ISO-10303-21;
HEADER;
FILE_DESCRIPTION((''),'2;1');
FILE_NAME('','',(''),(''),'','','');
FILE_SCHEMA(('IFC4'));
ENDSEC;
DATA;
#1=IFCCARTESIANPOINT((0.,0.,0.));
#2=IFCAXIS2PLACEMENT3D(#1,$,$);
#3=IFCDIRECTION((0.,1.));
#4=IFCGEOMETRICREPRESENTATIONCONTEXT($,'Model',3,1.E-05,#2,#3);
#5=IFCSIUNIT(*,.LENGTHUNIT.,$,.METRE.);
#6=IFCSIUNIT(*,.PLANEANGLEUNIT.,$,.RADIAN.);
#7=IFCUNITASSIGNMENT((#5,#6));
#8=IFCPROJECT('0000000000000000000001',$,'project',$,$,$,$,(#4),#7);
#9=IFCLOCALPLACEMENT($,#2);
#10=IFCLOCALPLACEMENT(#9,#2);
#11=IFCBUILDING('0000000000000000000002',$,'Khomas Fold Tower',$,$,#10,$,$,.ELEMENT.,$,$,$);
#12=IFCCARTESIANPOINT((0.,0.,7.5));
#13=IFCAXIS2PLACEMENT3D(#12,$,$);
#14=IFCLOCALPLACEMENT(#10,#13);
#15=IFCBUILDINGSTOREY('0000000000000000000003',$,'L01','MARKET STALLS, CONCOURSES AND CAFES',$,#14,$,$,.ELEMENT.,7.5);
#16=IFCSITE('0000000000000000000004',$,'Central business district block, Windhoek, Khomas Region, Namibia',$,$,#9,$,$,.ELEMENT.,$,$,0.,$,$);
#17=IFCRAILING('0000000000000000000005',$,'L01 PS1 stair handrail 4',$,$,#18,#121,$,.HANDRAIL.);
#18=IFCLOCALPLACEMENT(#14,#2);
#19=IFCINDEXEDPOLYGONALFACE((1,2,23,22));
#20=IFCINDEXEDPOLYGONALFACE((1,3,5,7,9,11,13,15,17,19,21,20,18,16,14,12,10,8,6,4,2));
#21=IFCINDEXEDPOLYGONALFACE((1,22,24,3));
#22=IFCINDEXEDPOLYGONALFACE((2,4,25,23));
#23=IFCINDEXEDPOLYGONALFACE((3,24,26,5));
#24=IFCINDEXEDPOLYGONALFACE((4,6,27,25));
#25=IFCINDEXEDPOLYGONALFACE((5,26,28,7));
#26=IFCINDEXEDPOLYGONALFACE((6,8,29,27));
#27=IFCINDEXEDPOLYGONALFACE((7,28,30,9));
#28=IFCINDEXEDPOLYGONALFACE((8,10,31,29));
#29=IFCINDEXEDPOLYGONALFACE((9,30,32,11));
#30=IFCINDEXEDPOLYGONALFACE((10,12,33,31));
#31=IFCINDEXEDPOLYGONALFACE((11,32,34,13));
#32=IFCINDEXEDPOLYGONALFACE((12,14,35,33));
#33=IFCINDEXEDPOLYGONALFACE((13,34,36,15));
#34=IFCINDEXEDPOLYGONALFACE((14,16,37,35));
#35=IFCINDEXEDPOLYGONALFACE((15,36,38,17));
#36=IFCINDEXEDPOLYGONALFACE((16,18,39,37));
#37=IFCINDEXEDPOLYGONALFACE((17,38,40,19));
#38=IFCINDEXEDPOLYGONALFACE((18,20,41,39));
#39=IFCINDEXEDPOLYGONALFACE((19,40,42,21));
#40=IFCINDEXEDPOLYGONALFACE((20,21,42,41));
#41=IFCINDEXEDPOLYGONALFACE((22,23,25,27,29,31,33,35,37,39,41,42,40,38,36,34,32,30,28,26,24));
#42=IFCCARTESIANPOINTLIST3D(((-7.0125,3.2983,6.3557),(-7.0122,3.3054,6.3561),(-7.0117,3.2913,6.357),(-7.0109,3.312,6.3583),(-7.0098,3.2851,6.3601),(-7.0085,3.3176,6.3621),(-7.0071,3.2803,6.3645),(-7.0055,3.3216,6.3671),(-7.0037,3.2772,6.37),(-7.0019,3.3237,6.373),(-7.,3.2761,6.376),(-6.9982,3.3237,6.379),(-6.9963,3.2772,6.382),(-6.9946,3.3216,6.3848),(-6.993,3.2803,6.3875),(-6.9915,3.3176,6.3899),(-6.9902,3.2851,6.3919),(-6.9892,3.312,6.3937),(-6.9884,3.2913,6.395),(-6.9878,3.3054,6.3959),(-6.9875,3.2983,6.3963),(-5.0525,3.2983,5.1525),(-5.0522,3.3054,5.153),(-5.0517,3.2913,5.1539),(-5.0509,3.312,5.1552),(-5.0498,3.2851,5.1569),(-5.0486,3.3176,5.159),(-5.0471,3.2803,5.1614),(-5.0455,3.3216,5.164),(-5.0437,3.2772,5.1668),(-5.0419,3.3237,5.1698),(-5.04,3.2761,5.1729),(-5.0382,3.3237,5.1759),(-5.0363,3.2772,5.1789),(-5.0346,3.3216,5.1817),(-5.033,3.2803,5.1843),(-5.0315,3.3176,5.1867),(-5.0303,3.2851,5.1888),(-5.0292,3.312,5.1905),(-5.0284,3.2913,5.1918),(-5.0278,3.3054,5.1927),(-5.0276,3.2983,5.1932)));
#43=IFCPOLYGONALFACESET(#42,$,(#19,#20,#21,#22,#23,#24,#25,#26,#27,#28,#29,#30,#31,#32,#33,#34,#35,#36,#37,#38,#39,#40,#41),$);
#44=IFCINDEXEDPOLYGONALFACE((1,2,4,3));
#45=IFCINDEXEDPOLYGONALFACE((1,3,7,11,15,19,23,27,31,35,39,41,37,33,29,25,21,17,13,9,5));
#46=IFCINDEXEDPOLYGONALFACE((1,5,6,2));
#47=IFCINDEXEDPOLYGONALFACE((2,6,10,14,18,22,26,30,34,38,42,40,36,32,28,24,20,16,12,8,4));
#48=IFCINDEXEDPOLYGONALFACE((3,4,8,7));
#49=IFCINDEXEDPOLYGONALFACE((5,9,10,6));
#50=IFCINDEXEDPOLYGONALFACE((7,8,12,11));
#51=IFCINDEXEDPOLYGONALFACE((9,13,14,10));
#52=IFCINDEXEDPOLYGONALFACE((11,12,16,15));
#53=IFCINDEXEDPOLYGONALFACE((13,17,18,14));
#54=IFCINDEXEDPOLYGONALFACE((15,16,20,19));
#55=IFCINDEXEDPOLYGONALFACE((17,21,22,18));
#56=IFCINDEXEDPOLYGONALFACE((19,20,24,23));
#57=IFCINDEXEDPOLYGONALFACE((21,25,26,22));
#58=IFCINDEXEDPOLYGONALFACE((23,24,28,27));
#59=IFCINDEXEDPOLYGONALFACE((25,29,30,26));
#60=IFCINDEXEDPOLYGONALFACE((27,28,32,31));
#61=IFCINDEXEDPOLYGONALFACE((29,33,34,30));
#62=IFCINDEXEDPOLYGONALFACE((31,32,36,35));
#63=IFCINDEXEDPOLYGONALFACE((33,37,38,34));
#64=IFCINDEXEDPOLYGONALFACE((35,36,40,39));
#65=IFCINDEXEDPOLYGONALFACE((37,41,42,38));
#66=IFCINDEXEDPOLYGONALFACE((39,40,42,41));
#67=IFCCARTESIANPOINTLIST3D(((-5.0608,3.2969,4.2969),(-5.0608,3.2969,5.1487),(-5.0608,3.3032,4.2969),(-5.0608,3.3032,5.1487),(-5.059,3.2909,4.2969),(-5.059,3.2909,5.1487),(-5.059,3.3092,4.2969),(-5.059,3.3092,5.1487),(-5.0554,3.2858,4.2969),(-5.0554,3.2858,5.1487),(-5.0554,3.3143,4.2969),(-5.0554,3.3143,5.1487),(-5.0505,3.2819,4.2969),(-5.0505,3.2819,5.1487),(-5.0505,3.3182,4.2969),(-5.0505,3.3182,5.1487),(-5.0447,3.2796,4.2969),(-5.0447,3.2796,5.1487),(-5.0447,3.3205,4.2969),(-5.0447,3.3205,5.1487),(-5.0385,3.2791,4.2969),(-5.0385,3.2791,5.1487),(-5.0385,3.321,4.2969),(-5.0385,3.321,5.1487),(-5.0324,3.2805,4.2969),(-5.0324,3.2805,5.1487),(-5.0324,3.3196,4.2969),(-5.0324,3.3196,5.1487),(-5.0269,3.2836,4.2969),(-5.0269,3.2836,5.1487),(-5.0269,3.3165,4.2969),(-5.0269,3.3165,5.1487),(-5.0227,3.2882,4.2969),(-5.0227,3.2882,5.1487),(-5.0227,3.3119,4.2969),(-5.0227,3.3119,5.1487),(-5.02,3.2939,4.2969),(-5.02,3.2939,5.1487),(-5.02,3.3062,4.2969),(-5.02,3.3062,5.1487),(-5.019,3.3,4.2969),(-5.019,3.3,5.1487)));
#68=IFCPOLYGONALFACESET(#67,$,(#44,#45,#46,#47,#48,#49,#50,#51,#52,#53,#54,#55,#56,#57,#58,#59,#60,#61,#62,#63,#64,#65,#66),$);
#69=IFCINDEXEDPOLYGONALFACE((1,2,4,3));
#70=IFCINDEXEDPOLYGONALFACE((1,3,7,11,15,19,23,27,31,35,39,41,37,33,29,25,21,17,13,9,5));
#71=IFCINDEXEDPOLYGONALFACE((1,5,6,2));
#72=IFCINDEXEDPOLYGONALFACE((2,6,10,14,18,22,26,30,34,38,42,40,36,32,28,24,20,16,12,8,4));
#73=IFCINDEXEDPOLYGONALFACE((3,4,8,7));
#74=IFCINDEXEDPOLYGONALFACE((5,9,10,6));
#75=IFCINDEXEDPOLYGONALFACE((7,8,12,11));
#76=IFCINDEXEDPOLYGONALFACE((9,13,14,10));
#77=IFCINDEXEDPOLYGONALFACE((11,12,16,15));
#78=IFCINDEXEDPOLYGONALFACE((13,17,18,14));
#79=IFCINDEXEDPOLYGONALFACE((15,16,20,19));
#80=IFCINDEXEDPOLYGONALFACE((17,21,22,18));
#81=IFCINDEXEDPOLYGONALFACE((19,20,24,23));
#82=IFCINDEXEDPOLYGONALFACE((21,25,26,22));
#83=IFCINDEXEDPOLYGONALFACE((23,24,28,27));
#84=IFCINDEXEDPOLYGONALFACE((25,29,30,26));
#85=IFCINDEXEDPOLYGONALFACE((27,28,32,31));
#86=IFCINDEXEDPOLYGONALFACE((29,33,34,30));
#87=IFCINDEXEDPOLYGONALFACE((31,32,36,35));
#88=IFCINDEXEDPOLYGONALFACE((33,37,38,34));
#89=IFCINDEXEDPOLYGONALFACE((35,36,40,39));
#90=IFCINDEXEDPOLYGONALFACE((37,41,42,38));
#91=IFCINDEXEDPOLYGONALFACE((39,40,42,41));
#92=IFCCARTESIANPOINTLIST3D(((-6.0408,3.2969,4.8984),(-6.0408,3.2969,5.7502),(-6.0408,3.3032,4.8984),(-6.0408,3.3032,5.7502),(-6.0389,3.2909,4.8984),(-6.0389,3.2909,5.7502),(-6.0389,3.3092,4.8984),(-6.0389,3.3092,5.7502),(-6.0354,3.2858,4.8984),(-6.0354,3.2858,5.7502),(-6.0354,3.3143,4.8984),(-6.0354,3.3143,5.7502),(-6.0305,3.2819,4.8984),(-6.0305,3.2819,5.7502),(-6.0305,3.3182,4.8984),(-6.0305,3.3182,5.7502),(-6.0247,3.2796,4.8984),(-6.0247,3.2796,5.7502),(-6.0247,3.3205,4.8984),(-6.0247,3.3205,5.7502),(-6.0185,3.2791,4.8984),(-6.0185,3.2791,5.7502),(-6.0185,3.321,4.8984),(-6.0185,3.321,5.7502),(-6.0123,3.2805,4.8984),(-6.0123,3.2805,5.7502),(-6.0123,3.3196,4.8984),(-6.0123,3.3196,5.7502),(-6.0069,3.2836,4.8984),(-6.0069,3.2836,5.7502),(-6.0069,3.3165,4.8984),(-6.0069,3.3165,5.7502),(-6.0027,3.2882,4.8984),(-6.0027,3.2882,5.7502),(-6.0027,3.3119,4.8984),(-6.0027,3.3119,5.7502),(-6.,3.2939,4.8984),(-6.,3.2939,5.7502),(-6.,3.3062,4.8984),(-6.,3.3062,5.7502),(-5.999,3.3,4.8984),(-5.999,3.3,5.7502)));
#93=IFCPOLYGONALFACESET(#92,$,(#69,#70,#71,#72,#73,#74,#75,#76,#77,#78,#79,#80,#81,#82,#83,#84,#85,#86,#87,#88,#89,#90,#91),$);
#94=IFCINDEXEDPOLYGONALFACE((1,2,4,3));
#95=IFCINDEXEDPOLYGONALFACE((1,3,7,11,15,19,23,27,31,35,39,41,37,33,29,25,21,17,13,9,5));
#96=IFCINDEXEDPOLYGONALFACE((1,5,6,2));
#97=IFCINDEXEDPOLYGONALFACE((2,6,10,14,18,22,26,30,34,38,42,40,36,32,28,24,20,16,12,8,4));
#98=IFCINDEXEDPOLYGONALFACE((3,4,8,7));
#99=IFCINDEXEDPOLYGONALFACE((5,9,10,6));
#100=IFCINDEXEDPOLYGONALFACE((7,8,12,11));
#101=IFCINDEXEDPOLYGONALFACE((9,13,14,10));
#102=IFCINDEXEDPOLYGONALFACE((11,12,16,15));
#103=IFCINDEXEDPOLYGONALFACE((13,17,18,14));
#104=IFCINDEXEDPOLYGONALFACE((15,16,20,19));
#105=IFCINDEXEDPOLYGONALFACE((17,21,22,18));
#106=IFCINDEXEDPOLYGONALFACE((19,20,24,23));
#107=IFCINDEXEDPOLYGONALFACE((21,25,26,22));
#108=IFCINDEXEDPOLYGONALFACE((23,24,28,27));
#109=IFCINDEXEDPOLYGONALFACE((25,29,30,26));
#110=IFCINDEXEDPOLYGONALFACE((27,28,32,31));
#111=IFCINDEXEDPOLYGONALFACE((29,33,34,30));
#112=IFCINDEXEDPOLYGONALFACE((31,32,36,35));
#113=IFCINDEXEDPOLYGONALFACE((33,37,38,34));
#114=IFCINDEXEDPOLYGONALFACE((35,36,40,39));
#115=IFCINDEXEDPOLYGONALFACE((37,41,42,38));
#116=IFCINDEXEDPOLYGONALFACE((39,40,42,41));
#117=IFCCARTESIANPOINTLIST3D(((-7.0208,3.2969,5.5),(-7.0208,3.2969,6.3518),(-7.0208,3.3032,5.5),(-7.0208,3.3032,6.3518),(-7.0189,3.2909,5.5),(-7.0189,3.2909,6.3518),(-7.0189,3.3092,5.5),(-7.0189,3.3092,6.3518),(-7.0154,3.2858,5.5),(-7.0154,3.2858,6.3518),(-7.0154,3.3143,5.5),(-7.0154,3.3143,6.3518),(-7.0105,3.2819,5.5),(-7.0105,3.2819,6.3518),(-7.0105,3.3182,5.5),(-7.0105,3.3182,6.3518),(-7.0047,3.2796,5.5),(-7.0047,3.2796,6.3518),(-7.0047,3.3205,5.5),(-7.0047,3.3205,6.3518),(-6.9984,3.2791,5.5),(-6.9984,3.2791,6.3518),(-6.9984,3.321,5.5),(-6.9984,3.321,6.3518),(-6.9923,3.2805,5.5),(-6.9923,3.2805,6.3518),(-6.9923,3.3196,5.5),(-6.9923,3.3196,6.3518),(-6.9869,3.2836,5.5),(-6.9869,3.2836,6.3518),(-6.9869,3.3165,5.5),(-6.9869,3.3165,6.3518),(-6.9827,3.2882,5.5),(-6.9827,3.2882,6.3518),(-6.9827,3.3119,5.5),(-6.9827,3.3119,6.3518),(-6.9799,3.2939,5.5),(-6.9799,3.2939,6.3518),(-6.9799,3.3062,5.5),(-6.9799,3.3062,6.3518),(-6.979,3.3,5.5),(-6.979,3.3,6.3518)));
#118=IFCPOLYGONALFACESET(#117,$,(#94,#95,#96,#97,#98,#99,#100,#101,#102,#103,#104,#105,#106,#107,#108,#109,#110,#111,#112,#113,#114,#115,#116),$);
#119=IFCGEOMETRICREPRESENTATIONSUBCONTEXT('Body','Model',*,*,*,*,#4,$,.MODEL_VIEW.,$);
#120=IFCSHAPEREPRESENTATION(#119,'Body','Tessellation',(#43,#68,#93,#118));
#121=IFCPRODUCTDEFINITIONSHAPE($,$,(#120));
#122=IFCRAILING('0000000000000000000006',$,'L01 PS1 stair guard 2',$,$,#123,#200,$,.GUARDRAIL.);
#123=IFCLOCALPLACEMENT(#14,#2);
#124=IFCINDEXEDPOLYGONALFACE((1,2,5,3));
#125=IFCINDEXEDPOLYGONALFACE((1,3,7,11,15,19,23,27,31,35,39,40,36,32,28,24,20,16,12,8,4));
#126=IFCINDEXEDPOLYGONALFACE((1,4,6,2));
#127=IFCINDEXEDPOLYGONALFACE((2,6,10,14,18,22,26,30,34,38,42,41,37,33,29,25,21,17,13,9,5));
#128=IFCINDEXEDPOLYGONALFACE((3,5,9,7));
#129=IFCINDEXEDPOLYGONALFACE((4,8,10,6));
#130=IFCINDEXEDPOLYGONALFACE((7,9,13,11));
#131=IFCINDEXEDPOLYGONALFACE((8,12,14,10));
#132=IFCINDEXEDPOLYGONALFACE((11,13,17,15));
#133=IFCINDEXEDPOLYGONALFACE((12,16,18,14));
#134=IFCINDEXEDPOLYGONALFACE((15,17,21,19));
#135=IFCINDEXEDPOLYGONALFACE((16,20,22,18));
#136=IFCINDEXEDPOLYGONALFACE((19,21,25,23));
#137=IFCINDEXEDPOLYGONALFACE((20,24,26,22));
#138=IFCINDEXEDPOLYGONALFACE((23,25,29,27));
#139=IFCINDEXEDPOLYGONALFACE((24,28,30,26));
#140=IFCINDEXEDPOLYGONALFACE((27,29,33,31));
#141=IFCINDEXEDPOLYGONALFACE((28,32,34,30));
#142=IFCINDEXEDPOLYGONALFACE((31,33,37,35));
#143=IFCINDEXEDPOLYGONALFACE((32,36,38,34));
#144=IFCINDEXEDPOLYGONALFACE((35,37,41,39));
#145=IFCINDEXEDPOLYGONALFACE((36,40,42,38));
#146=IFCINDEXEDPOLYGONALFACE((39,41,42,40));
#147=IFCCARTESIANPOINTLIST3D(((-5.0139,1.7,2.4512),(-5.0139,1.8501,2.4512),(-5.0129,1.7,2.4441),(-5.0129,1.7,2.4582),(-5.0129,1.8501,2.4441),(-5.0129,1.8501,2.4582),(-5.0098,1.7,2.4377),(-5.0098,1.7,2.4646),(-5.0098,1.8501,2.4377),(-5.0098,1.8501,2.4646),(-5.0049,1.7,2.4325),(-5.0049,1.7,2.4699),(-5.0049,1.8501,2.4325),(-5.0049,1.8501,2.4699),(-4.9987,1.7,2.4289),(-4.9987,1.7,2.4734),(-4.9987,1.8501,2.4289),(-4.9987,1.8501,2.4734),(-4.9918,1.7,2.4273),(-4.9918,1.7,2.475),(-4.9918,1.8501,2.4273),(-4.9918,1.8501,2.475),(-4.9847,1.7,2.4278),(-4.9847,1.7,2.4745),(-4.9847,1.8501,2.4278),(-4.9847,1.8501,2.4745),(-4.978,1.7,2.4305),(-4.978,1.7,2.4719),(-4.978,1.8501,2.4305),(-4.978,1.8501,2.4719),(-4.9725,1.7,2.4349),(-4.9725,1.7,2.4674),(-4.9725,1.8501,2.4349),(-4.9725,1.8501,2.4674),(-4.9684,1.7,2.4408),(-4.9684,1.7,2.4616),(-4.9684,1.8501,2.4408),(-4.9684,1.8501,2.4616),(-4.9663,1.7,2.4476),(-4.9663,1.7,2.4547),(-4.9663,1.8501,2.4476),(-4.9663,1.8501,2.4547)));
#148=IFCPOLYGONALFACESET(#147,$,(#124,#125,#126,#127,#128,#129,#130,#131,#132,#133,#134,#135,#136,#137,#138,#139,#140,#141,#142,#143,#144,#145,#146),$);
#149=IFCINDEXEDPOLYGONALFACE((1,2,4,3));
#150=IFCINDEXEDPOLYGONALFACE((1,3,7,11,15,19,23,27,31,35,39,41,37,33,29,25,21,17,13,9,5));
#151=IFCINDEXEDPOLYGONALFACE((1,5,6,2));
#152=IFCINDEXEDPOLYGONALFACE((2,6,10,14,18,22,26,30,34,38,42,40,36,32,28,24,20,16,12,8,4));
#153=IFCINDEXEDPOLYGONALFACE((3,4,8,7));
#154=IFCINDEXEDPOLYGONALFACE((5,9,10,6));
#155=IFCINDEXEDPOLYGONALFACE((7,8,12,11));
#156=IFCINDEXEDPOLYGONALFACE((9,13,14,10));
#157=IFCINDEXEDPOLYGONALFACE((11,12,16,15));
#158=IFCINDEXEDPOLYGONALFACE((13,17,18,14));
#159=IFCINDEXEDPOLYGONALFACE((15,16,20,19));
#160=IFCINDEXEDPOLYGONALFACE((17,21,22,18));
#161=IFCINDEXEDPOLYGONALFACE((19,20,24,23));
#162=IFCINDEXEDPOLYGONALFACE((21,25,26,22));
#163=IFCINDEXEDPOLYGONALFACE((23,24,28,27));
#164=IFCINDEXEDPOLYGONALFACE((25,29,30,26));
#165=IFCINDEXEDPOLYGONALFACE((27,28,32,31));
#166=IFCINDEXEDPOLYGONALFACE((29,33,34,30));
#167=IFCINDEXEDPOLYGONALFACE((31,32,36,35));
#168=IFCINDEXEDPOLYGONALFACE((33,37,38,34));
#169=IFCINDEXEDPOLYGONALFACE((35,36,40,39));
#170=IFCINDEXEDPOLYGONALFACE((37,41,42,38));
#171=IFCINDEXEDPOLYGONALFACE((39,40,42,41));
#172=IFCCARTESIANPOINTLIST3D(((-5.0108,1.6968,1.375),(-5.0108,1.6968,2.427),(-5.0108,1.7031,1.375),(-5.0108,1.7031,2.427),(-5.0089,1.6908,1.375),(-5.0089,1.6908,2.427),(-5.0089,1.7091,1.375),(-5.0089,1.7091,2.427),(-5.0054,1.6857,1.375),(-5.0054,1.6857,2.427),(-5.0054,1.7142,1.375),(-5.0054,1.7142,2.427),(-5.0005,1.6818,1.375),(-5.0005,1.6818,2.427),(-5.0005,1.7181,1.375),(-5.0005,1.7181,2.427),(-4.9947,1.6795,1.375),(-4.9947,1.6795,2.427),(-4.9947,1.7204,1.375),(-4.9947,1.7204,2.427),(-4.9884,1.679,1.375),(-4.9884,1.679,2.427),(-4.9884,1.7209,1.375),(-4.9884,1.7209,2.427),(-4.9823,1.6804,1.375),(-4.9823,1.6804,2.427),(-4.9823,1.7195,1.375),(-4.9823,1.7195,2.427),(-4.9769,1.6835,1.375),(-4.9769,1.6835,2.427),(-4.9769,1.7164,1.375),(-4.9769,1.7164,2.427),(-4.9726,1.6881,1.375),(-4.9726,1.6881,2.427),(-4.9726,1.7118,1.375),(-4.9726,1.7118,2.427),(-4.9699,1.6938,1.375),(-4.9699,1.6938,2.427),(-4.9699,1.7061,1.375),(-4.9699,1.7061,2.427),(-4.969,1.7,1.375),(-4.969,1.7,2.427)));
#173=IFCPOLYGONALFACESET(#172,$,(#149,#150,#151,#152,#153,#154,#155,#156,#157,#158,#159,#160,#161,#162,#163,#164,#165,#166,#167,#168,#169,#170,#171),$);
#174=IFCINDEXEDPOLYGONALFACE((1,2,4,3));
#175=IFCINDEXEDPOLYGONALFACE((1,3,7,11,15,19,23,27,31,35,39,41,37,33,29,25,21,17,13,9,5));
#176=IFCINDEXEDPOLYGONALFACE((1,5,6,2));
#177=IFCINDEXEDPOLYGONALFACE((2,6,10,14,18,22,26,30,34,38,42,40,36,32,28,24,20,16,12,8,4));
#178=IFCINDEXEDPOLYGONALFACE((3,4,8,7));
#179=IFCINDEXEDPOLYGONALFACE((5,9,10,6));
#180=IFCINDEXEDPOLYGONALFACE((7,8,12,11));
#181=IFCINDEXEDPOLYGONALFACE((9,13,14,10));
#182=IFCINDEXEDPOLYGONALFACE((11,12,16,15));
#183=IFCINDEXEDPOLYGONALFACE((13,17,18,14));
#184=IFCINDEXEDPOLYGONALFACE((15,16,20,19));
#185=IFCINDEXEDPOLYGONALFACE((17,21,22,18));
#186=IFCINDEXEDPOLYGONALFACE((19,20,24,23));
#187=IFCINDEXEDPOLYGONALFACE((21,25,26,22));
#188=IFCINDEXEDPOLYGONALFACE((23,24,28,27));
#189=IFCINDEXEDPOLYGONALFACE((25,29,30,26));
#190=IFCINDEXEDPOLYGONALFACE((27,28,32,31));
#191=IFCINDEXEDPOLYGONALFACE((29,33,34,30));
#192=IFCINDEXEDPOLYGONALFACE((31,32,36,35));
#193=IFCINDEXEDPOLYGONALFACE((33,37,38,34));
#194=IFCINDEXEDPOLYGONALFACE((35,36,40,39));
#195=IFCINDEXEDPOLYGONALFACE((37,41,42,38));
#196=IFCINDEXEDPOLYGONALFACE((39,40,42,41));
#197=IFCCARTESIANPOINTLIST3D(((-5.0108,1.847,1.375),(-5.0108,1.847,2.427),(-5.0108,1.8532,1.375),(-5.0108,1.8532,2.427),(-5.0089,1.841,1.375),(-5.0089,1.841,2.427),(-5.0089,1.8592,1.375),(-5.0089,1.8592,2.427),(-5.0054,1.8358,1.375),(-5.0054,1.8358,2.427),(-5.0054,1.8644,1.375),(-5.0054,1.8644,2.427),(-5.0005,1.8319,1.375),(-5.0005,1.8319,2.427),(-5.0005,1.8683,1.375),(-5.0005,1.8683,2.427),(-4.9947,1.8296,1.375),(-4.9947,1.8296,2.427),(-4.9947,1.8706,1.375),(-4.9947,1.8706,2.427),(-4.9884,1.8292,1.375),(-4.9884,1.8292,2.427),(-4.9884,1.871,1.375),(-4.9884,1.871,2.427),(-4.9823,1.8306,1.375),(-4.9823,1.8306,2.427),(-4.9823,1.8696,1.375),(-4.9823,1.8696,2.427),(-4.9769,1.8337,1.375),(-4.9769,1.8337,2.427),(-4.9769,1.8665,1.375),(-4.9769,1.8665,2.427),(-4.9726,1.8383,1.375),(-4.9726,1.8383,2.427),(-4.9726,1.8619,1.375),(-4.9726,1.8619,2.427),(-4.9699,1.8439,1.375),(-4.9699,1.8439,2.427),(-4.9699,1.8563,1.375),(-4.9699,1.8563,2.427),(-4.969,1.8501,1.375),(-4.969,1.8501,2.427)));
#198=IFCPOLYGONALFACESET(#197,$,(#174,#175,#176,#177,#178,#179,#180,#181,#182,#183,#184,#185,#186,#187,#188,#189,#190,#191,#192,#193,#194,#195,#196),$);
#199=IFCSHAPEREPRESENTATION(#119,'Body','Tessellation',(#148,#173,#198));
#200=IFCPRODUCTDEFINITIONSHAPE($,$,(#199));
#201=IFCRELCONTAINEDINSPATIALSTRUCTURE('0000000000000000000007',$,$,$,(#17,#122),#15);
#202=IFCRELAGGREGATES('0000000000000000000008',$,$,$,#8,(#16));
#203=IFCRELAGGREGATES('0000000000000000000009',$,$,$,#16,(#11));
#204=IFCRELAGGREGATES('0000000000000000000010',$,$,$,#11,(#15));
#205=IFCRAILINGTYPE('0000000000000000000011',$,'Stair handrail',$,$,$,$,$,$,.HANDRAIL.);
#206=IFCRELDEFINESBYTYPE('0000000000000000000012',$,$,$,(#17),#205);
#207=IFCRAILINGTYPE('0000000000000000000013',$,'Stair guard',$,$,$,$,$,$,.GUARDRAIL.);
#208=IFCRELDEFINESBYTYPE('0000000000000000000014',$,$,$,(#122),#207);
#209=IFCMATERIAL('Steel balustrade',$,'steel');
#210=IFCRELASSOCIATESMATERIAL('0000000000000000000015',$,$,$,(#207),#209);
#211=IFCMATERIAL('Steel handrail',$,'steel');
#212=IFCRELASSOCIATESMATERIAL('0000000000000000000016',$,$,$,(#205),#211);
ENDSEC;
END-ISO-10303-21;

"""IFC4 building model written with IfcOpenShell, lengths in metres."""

from ifc_helpers import new_model, si_unit, direction, frame, origin, origin_2d, place, context, subcontext, project, spatial, circle, extrude, source, transform, mapped, material, type_object, element, save


model = new_model("IFC4")

# Units and contexts
model_context = context("Model", 3, precision=1e-05, world=origin(), true_north=direction((0.0, 1.0)))
body_context = subcontext(model_context, "Body", "Model", "MODEL_VIEW")
ifc_project = project(units=[si_unit("LENGTHUNIT", "METRE"), si_unit("PLANEANGLEUNIT", "RADIAN")], contexts=[model_context])

# Site, building, storey
site_placement = place(None, origin())
site = spatial("IfcSite", under=ifc_project, at=site_placement, Name="Central business district block, Windhoek, Khomas Region, Namibia", CompositionType="ELEMENT", RefElevation=0.0)
building_placement = place(site_placement, origin())
building = spatial("IfcBuilding", under=site, at=building_placement, Name="Khomas Fold Tower", CompositionType="ELEMENT")
storey_placement = place(building_placement, frame((0.0, 0.0, 7.5)))
storey = spatial("IfcBuildingStorey", under=building, at=storey_placement, Name="L01", Description="MARKET STALLS, CONCOURSES AND CAFES", CompositionType="ELEMENT", Elevation=7.5)

# Railings
ifc_material_1 = material(Name="Steel balustrade", Category="steel")
railing_type_1 = type_object("IfcRailingType", Name="Stair guard", PredefinedType="GUARDRAIL", material=ifc_material_1)
ifc_material_2 = material(Name="Steel handrail", Category="steel")
railing_type_2 = type_object("IfcRailingType", Name="Stair handrail", PredefinedType="HANDRAIL", material=ifc_material_2)
shared_shape_1 = source(origin(), body_context, "Body", "SweptSolid", [
    extrude(circle(Radius=0.0239, at=origin_2d()), frame((0.0, 0.0, 0.876), z_axis=(-0.852241, 0.0, 0.523149), x_axis=(0.0, -1.0, 0.0)), (0.0, 0.0, 1.0), 2.2998),
    extrude(circle(Radius=0.021, at=origin_2d()), origin(), (0.0, 0.0, 1.0), 0.8518),
    extrude(circle(Radius=0.021, at=origin_2d()), frame((-0.98, 0.0, 0.6016)), (0.0, 0.0, 1.0), 0.8518),
    extrude(circle(Radius=0.021, at=origin_2d()), frame((-1.96, 0.0, 1.2031)), (0.0, 0.0, 1.0), 0.8518),
])
for number, where, name in (
    (1, (-5.04, 3.3, 4.2969), "L01 PS1 stair handrail 4"),
):
    element("IfcRailing", number, at=place(storey_placement, frame(where)), inside=storey, type_object=railing_type_2, Name=name, PredefinedType="HANDRAIL", context=body_context, shape_type="MappedRepresentation", body=[
        mapped(shared_shape_1, transform((0.0, 0.0, 0.0))),
    ])
shared_shape_2 = source(origin(), body_context, "Body", "SweptSolid", [
    extrude(circle(Radius=0.0239, at=origin_2d()), frame((0.0, 0.0, 1.0762), z_axis=(0.0, 1.0, 0.0), x_axis=(-1.0, 0.0, 0.0)), (0.0, 0.0, 1.0), 0.1501),
    extrude(circle(Radius=0.021, at=origin_2d()), origin(), (0.0, 0.0, 1.0), 1.052),
    extrude(circle(Radius=0.021, at=origin_2d()), frame((0.0, 0.1501, 0.0)), (0.0, 0.0, 1.0), 1.052),
])
for number, where, name in (
    (2, (-4.99, 1.7, 1.375), "L01 PS1 stair guard 2"),
):
    element("IfcRailing", number, at=place(storey_placement, frame(where)), inside=storey, type_object=railing_type_1, Name=name, PredefinedType="GUARDRAIL", context=body_context, shape_type="MappedRepresentation", body=[
        mapped(shared_shape_2, transform((0.0, 0.0, 0.0))),
    ])

save(model, "model.ifc")
